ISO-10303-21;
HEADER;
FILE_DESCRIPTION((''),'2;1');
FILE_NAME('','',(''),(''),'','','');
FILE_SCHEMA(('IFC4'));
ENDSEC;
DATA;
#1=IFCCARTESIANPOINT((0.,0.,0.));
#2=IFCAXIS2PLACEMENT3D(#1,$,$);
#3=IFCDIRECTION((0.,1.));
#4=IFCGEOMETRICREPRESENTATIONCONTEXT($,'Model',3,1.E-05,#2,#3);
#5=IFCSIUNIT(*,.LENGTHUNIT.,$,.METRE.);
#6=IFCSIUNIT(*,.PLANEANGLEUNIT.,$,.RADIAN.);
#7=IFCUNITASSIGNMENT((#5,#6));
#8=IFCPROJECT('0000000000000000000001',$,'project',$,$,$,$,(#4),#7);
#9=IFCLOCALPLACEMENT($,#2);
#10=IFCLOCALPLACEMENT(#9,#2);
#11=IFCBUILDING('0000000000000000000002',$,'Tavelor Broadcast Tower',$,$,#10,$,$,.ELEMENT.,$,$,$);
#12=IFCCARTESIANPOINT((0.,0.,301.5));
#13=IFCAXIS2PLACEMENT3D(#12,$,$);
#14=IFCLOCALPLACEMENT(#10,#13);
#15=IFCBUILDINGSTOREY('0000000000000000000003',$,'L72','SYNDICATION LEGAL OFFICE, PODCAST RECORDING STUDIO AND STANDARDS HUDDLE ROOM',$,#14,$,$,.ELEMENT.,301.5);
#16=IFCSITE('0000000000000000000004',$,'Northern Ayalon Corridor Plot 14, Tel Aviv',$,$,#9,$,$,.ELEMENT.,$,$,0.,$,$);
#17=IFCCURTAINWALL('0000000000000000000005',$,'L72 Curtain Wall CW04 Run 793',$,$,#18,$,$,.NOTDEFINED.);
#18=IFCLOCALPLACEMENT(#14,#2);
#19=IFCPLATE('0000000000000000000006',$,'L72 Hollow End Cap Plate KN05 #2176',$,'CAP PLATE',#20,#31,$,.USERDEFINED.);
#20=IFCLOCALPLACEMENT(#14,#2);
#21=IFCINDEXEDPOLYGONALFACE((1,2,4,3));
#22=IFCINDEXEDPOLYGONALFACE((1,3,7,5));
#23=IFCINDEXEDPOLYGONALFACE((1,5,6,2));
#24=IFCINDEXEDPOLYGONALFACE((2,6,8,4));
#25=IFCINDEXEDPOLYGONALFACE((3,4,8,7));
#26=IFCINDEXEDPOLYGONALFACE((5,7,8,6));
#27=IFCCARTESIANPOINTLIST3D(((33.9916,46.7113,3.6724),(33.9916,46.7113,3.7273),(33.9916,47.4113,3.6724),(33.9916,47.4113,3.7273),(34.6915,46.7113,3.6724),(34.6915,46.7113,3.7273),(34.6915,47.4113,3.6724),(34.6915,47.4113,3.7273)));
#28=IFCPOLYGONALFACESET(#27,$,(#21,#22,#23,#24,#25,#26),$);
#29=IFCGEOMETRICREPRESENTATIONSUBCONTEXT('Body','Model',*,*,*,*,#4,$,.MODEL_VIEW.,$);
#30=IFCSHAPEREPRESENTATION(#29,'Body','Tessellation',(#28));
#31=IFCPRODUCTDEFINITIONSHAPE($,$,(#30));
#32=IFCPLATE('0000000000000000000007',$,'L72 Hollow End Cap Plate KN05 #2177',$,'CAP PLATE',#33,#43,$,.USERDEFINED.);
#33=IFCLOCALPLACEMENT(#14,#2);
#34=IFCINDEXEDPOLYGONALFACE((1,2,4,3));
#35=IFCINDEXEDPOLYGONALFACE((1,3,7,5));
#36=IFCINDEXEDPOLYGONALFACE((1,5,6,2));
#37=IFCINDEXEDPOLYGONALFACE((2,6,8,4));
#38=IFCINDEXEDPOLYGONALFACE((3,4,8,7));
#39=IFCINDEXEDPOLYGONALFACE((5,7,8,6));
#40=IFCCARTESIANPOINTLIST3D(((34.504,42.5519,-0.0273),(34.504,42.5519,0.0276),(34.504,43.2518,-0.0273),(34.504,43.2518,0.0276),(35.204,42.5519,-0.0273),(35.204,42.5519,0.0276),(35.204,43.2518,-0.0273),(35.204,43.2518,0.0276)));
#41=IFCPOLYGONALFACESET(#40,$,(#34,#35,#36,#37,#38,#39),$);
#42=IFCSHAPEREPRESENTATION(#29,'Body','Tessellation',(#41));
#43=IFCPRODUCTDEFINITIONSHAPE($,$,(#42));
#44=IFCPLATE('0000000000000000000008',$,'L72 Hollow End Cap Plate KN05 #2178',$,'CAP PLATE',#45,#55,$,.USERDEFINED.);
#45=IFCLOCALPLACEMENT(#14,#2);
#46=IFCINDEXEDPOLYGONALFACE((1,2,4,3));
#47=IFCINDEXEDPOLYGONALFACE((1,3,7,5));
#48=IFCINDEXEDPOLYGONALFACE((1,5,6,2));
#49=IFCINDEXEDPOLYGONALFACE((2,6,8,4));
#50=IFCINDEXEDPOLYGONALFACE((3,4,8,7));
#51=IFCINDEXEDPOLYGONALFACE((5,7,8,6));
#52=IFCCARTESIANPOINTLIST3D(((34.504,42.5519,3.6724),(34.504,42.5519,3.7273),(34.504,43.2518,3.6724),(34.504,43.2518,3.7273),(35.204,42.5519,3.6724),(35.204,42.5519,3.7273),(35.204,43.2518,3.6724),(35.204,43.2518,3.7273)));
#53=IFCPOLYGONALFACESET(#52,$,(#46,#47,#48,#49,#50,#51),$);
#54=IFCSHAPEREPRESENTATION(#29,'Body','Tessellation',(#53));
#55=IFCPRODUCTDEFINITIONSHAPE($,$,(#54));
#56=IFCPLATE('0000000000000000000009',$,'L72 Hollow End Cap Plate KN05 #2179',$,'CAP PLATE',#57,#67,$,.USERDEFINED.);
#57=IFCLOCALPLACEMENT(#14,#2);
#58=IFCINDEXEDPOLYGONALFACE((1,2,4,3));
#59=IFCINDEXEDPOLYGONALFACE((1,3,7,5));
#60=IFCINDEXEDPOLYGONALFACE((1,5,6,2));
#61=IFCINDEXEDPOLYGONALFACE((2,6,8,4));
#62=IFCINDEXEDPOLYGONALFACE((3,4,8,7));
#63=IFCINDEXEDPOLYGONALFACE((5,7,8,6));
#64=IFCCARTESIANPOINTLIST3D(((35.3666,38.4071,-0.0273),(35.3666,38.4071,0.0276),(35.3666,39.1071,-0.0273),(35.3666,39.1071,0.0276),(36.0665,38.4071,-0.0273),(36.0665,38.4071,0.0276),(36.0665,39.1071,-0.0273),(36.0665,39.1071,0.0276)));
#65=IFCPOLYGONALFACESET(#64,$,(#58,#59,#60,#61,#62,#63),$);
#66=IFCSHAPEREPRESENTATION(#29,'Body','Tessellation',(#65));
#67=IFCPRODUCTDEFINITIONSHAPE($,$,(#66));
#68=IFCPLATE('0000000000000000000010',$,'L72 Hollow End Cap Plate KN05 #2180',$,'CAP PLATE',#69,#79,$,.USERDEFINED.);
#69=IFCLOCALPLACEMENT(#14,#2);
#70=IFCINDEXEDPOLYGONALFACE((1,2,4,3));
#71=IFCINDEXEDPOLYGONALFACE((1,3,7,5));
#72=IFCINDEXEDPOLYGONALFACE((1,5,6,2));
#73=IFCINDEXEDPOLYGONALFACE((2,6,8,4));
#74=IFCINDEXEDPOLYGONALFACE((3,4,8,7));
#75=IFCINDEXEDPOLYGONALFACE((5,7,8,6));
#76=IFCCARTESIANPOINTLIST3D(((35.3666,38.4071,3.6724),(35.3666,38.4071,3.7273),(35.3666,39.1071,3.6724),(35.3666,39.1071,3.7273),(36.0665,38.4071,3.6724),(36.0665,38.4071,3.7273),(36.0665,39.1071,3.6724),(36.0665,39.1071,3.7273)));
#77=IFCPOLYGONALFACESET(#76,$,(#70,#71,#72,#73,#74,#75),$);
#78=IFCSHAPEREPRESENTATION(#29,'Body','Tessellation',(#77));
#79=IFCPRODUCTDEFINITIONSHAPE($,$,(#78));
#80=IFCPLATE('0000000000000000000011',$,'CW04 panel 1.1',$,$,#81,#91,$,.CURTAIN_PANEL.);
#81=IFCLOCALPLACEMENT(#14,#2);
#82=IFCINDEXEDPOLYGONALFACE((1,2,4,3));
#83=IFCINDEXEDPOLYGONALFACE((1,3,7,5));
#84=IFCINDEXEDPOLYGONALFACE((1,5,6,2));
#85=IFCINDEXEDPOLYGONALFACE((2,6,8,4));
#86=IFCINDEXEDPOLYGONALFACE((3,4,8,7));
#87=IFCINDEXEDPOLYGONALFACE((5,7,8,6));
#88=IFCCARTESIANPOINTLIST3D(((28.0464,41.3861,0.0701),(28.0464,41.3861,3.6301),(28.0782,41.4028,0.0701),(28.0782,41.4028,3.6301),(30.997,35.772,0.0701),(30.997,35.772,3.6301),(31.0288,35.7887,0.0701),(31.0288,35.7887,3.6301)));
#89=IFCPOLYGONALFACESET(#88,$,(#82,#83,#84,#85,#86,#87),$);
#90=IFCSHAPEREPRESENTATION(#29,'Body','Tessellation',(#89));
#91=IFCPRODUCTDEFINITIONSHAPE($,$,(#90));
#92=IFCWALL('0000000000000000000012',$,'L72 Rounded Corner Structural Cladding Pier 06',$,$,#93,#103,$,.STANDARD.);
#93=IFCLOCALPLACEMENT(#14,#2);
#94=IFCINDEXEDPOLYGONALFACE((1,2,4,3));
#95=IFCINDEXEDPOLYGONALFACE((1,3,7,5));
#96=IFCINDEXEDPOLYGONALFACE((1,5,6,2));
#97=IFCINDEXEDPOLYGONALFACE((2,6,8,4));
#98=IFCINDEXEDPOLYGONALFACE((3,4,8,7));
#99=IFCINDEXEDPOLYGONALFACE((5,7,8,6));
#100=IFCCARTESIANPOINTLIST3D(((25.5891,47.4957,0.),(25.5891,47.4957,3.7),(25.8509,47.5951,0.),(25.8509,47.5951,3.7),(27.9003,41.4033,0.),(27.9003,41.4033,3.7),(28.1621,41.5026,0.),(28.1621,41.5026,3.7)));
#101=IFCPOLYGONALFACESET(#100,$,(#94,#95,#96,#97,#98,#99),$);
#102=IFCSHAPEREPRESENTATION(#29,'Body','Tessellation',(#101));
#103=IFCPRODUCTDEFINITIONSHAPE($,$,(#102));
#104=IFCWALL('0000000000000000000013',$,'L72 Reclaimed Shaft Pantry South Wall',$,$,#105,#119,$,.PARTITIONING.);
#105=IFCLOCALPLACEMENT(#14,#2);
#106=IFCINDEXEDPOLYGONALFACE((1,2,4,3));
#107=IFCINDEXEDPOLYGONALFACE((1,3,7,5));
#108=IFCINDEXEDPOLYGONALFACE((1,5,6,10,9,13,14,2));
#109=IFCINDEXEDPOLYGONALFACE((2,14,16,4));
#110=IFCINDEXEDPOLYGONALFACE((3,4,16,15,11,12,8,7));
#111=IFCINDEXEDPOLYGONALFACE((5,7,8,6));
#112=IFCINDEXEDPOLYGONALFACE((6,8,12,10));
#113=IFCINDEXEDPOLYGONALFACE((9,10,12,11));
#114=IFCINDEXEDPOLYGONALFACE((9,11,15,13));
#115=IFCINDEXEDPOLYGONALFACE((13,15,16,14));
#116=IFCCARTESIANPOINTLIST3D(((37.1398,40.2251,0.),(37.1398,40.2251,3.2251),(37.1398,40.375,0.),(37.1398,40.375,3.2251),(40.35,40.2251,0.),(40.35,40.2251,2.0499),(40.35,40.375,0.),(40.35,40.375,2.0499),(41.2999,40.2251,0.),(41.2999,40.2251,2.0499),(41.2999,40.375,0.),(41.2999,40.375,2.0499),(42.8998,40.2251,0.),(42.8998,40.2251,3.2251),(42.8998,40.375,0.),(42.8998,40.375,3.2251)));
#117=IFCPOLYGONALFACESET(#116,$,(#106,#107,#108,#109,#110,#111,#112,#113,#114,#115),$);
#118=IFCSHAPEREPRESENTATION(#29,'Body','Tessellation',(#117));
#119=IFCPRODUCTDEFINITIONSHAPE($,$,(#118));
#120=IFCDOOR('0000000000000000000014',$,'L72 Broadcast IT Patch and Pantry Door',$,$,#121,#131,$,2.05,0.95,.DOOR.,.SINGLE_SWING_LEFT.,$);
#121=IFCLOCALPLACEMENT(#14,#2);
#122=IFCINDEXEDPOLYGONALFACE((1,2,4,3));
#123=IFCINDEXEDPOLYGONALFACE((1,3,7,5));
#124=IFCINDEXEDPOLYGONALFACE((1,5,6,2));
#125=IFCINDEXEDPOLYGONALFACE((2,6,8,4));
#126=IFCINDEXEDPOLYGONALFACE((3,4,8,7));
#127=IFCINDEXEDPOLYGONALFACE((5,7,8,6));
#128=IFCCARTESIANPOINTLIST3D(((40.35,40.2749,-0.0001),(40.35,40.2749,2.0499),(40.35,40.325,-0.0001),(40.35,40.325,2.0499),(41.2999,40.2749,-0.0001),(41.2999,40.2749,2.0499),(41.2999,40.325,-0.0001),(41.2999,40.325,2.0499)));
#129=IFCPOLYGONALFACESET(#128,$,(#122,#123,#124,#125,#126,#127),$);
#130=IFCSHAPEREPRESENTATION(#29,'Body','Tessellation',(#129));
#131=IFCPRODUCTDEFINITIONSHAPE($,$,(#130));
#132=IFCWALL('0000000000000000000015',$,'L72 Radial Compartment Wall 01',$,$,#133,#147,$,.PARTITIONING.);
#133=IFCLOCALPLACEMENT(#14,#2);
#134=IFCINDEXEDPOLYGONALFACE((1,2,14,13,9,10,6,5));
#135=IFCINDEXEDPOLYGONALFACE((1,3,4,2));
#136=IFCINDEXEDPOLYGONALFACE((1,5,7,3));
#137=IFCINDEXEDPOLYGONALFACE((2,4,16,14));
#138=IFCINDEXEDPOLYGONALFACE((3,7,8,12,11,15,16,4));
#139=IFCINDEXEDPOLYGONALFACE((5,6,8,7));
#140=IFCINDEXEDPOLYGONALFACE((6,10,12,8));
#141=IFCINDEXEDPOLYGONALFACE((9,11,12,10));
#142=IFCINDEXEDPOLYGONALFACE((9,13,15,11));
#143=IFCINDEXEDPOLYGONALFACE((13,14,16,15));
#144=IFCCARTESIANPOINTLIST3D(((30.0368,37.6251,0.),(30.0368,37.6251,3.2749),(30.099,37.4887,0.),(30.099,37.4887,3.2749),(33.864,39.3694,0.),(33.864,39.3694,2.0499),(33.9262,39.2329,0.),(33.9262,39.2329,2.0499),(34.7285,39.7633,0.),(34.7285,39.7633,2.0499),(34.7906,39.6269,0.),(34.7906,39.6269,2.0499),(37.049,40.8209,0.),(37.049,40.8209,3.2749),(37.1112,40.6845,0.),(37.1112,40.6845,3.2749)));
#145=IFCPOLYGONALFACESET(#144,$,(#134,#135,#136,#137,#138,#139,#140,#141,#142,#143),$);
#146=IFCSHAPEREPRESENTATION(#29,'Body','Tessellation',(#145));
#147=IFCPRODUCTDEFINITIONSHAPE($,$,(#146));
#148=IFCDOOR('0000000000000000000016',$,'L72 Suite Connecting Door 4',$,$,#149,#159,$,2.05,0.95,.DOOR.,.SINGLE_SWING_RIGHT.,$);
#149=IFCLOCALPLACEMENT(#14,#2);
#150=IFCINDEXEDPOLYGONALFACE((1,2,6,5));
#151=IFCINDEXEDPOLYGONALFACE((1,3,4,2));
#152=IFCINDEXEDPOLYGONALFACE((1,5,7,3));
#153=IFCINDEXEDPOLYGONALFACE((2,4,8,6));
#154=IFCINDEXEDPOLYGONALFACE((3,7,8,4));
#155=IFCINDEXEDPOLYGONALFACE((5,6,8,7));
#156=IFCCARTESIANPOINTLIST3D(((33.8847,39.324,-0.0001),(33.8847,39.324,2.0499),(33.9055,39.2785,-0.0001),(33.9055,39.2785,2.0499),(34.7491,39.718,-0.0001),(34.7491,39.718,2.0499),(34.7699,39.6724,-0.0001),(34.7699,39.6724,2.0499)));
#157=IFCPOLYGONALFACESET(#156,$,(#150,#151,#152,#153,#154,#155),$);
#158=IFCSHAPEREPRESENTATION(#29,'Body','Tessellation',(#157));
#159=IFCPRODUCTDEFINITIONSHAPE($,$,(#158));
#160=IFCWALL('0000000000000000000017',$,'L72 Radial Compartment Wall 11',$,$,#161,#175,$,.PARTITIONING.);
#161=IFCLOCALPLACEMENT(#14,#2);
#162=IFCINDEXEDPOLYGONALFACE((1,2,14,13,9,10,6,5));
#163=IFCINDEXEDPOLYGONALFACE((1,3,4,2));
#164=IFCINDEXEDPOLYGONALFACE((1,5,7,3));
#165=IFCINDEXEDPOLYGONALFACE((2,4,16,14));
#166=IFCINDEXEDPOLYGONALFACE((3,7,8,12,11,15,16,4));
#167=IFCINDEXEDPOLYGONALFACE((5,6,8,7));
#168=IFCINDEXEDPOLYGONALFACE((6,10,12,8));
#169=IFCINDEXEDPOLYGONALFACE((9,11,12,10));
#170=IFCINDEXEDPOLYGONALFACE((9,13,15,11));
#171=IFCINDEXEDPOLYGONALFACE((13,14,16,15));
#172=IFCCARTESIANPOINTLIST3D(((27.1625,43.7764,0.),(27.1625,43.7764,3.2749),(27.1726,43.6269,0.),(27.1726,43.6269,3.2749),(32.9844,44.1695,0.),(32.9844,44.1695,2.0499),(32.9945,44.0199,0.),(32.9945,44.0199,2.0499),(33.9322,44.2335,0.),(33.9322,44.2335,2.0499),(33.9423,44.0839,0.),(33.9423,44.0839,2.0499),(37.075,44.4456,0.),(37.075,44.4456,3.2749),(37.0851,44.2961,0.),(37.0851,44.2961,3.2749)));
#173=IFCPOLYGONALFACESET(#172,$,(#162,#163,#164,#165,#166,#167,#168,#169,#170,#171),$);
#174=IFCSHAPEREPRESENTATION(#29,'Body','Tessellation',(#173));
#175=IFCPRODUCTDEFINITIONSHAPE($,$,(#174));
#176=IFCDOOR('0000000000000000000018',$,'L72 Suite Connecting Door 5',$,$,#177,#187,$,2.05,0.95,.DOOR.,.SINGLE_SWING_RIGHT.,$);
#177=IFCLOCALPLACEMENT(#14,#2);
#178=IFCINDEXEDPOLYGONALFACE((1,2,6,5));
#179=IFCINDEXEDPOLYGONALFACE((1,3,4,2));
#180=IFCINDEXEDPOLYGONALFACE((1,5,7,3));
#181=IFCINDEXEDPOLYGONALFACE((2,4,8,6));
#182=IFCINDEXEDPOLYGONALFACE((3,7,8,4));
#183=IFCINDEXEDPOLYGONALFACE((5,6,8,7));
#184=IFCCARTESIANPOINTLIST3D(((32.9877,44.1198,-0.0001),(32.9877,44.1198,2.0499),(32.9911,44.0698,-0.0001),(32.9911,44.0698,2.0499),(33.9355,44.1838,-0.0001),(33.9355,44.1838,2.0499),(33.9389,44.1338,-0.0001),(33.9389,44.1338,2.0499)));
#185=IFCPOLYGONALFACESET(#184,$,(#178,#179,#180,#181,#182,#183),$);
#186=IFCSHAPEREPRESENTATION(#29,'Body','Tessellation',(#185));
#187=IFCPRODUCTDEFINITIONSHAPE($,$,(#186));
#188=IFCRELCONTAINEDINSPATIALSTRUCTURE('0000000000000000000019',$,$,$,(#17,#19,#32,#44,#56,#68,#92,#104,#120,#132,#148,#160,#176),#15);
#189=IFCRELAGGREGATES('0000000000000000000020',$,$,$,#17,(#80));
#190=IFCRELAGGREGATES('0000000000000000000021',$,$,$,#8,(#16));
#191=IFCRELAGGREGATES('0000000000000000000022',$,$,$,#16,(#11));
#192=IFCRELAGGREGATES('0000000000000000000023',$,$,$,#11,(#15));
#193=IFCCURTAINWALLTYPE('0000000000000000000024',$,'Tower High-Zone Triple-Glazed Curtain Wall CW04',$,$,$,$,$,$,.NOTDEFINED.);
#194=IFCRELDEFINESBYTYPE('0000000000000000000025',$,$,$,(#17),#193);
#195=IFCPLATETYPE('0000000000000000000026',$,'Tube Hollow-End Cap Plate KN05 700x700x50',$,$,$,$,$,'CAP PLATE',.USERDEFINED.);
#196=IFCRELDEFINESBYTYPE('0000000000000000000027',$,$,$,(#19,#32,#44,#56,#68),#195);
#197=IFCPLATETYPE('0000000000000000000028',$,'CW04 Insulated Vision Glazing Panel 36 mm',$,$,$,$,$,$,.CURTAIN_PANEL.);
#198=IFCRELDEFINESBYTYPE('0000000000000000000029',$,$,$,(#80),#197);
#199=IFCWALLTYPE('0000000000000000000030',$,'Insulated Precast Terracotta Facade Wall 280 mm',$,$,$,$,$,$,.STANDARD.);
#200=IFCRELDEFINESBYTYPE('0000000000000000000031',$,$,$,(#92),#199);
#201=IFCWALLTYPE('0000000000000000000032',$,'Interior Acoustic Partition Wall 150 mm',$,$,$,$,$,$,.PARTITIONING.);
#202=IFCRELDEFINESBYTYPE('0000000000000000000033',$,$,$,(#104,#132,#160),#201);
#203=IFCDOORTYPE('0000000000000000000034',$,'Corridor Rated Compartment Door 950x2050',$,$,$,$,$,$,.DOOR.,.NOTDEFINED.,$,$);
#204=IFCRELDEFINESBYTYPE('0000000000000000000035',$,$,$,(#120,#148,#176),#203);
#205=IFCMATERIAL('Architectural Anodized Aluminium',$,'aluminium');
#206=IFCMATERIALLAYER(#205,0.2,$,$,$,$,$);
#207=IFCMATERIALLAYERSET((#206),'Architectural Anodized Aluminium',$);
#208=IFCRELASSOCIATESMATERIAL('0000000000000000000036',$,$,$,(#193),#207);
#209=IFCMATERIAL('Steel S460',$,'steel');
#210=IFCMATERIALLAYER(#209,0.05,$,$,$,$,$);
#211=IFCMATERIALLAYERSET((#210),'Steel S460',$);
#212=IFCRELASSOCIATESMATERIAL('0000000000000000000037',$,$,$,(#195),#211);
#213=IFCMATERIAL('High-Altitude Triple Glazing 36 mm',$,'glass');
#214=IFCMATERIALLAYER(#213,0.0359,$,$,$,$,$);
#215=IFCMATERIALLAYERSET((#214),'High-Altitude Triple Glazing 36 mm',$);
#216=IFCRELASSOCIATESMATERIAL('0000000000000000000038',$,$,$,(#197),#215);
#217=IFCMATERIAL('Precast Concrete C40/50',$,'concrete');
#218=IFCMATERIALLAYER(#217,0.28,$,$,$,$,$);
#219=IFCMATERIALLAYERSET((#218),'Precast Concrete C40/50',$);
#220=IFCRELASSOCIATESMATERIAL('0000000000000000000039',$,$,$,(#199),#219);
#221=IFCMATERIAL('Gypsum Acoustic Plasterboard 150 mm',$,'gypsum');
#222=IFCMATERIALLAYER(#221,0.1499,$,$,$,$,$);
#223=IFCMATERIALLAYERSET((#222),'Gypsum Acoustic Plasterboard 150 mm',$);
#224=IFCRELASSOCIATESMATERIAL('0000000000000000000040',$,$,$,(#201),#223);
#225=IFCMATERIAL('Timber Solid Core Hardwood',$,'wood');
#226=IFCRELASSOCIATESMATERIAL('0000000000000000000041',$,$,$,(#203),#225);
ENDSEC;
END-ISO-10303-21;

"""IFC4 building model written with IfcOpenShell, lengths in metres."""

from ifc_helpers import new_model, si_unit, direction, frame, frame_2d, origin, origin_2d, place, context, subcontext, project, spatial, rectangle, extrude, source, transform, mapped, material, layer, layer_set, type_object, type_shapes, element, fill, aggregate, save


model = new_model("IFC4")

# Units and contexts
model_context = context("Model", 3, precision=1e-05, world=origin(), true_north=direction((0.0, 1.0)))
body_context = subcontext(model_context, "Body", "Model", "MODEL_VIEW")
ifc_project = project(units=[si_unit("LENGTHUNIT", "METRE"), si_unit("PLANEANGLEUNIT", "RADIAN")], contexts=[model_context])

# Site, building, storey
site_placement = place(None, origin())
site = spatial("IfcSite", under=ifc_project, at=site_placement, Name="Northern Ayalon Corridor Plot 14, Tel Aviv", CompositionType="ELEMENT", RefElevation=0.0)
building_placement = place(site_placement, origin())
building = spatial("IfcBuilding", under=site, at=building_placement, Name="Tavelor Broadcast Tower", CompositionType="ELEMENT")
storey_placement = place(building_placement, frame((0.0, 0.0, 301.5)))
storey = spatial("IfcBuildingStorey", under=building, at=storey_placement, Name="L72", Description="SYNDICATION LEGAL OFFICE, PODCAST RECORDING STUDIO AND STANDARDS HUDDLE ROOM", CompositionType="ELEMENT", Elevation=301.5)

# Shared definitions
ifc_material_1 = material(Name="Steel S460", Category="steel")

# Curtain wall
ifc_material_2 = material(Name="Architectural Anodized Aluminium", Category="aluminium")
ifc_layer_1 = layer(ifc_material_2, 0.2)
ifc_layer_set_1 = layer_set([ifc_layer_1], Name="Architectural Anodized Aluminium")
curtain_wall_type = type_object("IfcCurtainWallType", Name="Tower High-Zone Triple-Glazed Curtain Wall CW04", PredefinedType="NOTDEFINED", material=ifc_layer_set_1)
curtain_wall_placement = place(storey_placement, origin())
curtain_wall = element("IfcCurtainWall", 1, at=curtain_wall_placement, inside=storey, type_object=curtain_wall_type, Name="L72 Curtain Wall CW04 Run 793", PredefinedType="NOTDEFINED")

# Plates
ifc_layer_2 = layer(ifc_material_1, 0.05)
ifc_layer_set_2 = layer_set([ifc_layer_2], Name="Steel S460")
plate_type_1 = type_object("IfcPlateType", Name="Tube Hollow-End Cap Plate KN05 700x700x50", ElementType="CAP PLATE", PredefinedType="USERDEFINED", material=ifc_layer_set_2)
shared_shape_1 = source(origin(), body_context, "Body", "SweptSolid", [
    extrude(rectangle(XDim=0.7, YDim=0.7, at=origin_2d()), origin(), (0.0, 0.0, 1.0), 0.0549),
])
type_shapes(plate_type_1, [shared_shape_1])
for number, where, z_axis, x_axis, name in (
    (2, (34.3416, 47.0613, 3.6724), (0.0, 0.0, 1.0), (1.0, 0.0, 0.0), "L72 Hollow End Cap Plate KN05 #2176"),
    (3, (34.854, 42.9019, -0.0273), (0.0, 0.0, 1.0), (1.0, 0.0, 0.0), "L72 Hollow End Cap Plate KN05 #2177"),
    (4, (34.854, 42.9019, 3.6724), (0.0, 0.0, 1.0), (1.0, 0.0, 0.0), "L72 Hollow End Cap Plate KN05 #2178"),
    (5, (35.7166, 38.7571, -0.0273), (0.0, 0.0, 1.0), (1.0, 0.0, 0.0), "L72 Hollow End Cap Plate KN05 #2179"),
    (6, (35.7166, 38.7571, 3.6724), (0.0, 0.0, 1.0), (1.0, 0.0, 0.0), "L72 Hollow End Cap Plate KN05 #2180"),
):
    element("IfcPlate", number, at=place(storey_placement, frame(where, z_axis=z_axis, x_axis=x_axis)), inside=storey, type_object=plate_type_1, Name=name, ObjectType="CAP PLATE", PredefinedType="USERDEFINED", context=body_context, shape_type="MappedRepresentation", body=[
        mapped(shared_shape_1, transform((0.0, 0.0, 0.0), scale=1.0)),
    ])

# Plate
ifc_material_3 = material(Name="High-Altitude Triple Glazing 36 mm", Category="glass")
ifc_layer_3 = layer(ifc_material_3, 0.0359)
ifc_layer_set_3 = layer_set([ifc_layer_3], Name="High-Altitude Triple Glazing 36 mm")
plate_type_2 = type_object("IfcPlateType", Name="CW04 Insulated Vision Glazing Panel 36 mm", PredefinedType="CURTAIN_PANEL", material=ifc_layer_set_3)
shared_shape_2 = source(origin(), body_context, "Body", "SweptSolid", [
    extrude(rectangle(XDim=6.3423, YDim=0.0359, at=origin_2d()), origin(), (0.0, 0.0, 1.0), 3.5601),
])
type_shapes(plate_type_2, [shared_shape_2])
plate_placement = place(storey_placement, frame((29.5376, 38.5874, 0.0701), z_axis=(0.0, 0.0, 1.0), x_axis=(0.465221, -0.885195, 0.0)))
plate = element("IfcPlate", 7, at=plate_placement, type_object=plate_type_2, Name="CW04 panel 1.1", PredefinedType="CURTAIN_PANEL", context=body_context, shape_type="MappedRepresentation", body=[
    mapped(shared_shape_2, transform((0.0, 0.0, 0.0), scale=1.0)),
])
aggregate(curtain_wall, [plate])

# Wall
ifc_material_4 = material(Name="Precast Concrete C40/50", Category="concrete")
ifc_layer_4 = layer(ifc_material_4, 0.28)
ifc_layer_set_4 = layer_set([ifc_layer_4], Name="Precast Concrete C40/50")
wall_type_1 = type_object("IfcWallType", Name="Insulated Precast Terracotta Facade Wall 280 mm", PredefinedType="STANDARD", material=ifc_layer_set_4)
wall_1_placement = place(storey_placement, frame((25.72, 47.5454, 0.0), z_axis=(0.0, 0.0, 1.0), x_axis=(0.354697, -0.934981, 0.0)))
element("IfcWall", 8, at=wall_1_placement, inside=storey, type_object=wall_type_1, Name="L72 Rounded Corner Structural Cladding Pier 06", PredefinedType="STANDARD", context=body_context, shape_type="SweptSolid", body=[
    extrude(rectangle(XDim=6.5161, YDim=0.28, at=frame_2d((3.2581, 0.0))), origin(), (0.0, 0.0, 1.0), 3.7),
])

# Walls, openings, doors
ifc_material_5 = material(Name="Gypsum Acoustic Plasterboard 150 mm", Category="gypsum")
ifc_layer_5 = layer(ifc_material_5, 0.1499)
ifc_layer_set_5 = layer_set([ifc_layer_5], Name="Gypsum Acoustic Plasterboard 150 mm")
wall_type_2 = type_object("IfcWallType", Name="Interior Acoustic Partition Wall 150 mm", PredefinedType="PARTITIONING", material=ifc_layer_set_5)
wall_2_placement = place(storey_placement, frame((37.1399, 40.3, 0.0), z_axis=(0.0, 0.0, 1.0), x_axis=(1.0, 0.0, 0.0)))
wall_2 = element("IfcWall", 9, at=wall_2_placement, inside=storey, type_object=wall_type_2, Name="L72 Reclaimed Shaft Pantry South Wall", PredefinedType="PARTITIONING", context=body_context, shape_type="SweptSolid", body=[
    extrude(rectangle(XDim=5.76, YDim=0.1499, at=frame_2d((2.8799, 0.0))), origin(), (0.0, 0.0, 1.0), 3.2251),
])
opening_1_placement = place(wall_2_placement, frame((3.21, 0.0, 0.0)))
opening_1 = element("IfcOpeningElement", 10, at=opening_1_placement, cuts=wall_2, PredefinedType="OPENING", context=body_context, shape_type="SweptSolid", body=[
    extrude(rectangle(XDim=0.95, YDim=2.05, at=frame_2d((0.4751, 1.0249))), frame((0.0, 0.085, 0.0), z_axis=(0.0, -1.0, 0.0), x_axis=(1.0, 0.0, 0.0)), (0.0, 0.0, 1.0), 0.1699),
])
ifc_material_6 = material(Name="Timber Solid Core Hardwood", Category="wood")
door_type = type_object("IfcDoorType", Name="Corridor Rated Compartment Door 950x2050", OperationType="NOTDEFINED", PredefinedType="DOOR", material=ifc_material_6)
door_1_placement = place(opening_1_placement, origin())
door_1 = element("IfcDoor", 11, at=door_1_placement, inside=storey, type_object=door_type, Name="L72 Broadcast IT Patch and Pantry Door", OperationType="SINGLE_SWING_LEFT", OverallHeight=2.05, OverallWidth=0.95, PredefinedType="DOOR", context=body_context, shape_type="SweptSolid", body=[
    extrude(rectangle(XDim=0.95, YDim=2.05, at=frame_2d((0.4751, 1.0249))), frame((0.0, 0.0249, 0.0), z_axis=(0.0, -1.0, 0.0), x_axis=(1.0, 0.0, 0.0)), (0.0, 0.0, 1.0), 0.05),
])
fill(opening_1, door_1)
wall_3_placement = place(storey_placement, frame((37.0801, 40.7527, 0.0), z_axis=(0.0, 0.0, 1.0), x_axis=(-0.909954, -0.41471, 0.0)))
wall_3 = element("IfcWall", 12, at=wall_3_placement, inside=storey, type_object=wall_type_2, Name="L72 Radial Compartment Wall 01", PredefinedType="PARTITIONING", context=body_context, shape_type="SweptSolid", body=[
    extrude(rectangle(XDim=7.7061, YDim=0.1499, at=frame_2d((3.853, 0.0))), origin(), (0.0, 0.0, 1.0), 3.2749),
])
opening_2_placement = place(wall_3_placement, frame((2.55, 0.0, 0.0)))
opening_2 = element("IfcOpeningElement", 13, at=opening_2_placement, cuts=wall_3, PredefinedType="OPENING", context=body_context, shape_type="SweptSolid", body=[
    extrude(rectangle(XDim=0.95, YDim=2.05, at=frame_2d((0.4751, 1.0249))), frame((0.0, 0.085, 0.0), z_axis=(0.0, -1.0, 0.0), x_axis=(1.0, 0.0, 0.0)), (0.0, 0.0, 1.0), 0.1699),
])
door_2_placement = place(opening_2_placement, origin())
door_2 = element("IfcDoor", 14, at=door_2_placement, inside=storey, type_object=door_type, Name="L72 Suite Connecting Door 4", OperationType="SINGLE_SWING_RIGHT", OverallHeight=2.05, OverallWidth=0.95, PredefinedType="DOOR", context=body_context, shape_type="SweptSolid", body=[
    extrude(rectangle(XDim=0.95, YDim=2.05, at=frame_2d((0.4751, 1.0249))), frame((0.0, 0.0249, 0.0), z_axis=(0.0, -1.0, 0.0), x_axis=(1.0, 0.0, 0.0)), (0.0, 0.0, 1.0), 0.05),
])
fill(opening_2, door_2)
wall_4_placement = place(storey_placement, frame((37.0801, 44.3708, 0.0), z_axis=(0.0, 0.0, 1.0), x_axis=(-0.997729, -0.067356, 0.0)))
wall_4 = element("IfcWall", 15, at=wall_4_placement, inside=storey, type_object=wall_type_2, Name="L72 Radial Compartment Wall 11", PredefinedType="PARTITIONING", context=body_context, shape_type="SweptSolid", body=[
    extrude(rectangle(XDim=9.9351, YDim=0.1499, at=frame_2d((4.9675, 0.0))), origin(), (0.0, 0.0, 1.0), 3.2749),
])
opening_3_placement = place(wall_4_placement, frame((3.1499, 0.0, 0.0)))
opening_3 = element("IfcOpeningElement", 16, at=opening_3_placement, cuts=wall_4, PredefinedType="OPENING", context=body_context, shape_type="SweptSolid", body=[
    extrude(rectangle(XDim=0.95, YDim=2.05, at=frame_2d((0.4751, 1.0249))), frame((0.0, 0.085, 0.0), z_axis=(0.0, -1.0, 0.0), x_axis=(1.0, 0.0, 0.0)), (0.0, 0.0, 1.0), 0.1699),
])
door_3_placement = place(opening_3_placement, origin())
door_3 = element("IfcDoor", 17, at=door_3_placement, inside=storey, type_object=door_type, Name="L72 Suite Connecting Door 5", OperationType="SINGLE_SWING_RIGHT", OverallHeight=2.05, OverallWidth=0.95, PredefinedType="DOOR", context=body_context, shape_type="SweptSolid", body=[
    extrude(rectangle(XDim=0.95, YDim=2.05, at=frame_2d((0.4751, 1.0249))), frame((0.0, 0.0249, 0.0), z_axis=(0.0, -1.0, 0.0), x_axis=(1.0, 0.0, 0.0)), (0.0, 0.0, 1.0), 0.05),
])
fill(opening_3, door_3)

save(model, "model.ifc")
